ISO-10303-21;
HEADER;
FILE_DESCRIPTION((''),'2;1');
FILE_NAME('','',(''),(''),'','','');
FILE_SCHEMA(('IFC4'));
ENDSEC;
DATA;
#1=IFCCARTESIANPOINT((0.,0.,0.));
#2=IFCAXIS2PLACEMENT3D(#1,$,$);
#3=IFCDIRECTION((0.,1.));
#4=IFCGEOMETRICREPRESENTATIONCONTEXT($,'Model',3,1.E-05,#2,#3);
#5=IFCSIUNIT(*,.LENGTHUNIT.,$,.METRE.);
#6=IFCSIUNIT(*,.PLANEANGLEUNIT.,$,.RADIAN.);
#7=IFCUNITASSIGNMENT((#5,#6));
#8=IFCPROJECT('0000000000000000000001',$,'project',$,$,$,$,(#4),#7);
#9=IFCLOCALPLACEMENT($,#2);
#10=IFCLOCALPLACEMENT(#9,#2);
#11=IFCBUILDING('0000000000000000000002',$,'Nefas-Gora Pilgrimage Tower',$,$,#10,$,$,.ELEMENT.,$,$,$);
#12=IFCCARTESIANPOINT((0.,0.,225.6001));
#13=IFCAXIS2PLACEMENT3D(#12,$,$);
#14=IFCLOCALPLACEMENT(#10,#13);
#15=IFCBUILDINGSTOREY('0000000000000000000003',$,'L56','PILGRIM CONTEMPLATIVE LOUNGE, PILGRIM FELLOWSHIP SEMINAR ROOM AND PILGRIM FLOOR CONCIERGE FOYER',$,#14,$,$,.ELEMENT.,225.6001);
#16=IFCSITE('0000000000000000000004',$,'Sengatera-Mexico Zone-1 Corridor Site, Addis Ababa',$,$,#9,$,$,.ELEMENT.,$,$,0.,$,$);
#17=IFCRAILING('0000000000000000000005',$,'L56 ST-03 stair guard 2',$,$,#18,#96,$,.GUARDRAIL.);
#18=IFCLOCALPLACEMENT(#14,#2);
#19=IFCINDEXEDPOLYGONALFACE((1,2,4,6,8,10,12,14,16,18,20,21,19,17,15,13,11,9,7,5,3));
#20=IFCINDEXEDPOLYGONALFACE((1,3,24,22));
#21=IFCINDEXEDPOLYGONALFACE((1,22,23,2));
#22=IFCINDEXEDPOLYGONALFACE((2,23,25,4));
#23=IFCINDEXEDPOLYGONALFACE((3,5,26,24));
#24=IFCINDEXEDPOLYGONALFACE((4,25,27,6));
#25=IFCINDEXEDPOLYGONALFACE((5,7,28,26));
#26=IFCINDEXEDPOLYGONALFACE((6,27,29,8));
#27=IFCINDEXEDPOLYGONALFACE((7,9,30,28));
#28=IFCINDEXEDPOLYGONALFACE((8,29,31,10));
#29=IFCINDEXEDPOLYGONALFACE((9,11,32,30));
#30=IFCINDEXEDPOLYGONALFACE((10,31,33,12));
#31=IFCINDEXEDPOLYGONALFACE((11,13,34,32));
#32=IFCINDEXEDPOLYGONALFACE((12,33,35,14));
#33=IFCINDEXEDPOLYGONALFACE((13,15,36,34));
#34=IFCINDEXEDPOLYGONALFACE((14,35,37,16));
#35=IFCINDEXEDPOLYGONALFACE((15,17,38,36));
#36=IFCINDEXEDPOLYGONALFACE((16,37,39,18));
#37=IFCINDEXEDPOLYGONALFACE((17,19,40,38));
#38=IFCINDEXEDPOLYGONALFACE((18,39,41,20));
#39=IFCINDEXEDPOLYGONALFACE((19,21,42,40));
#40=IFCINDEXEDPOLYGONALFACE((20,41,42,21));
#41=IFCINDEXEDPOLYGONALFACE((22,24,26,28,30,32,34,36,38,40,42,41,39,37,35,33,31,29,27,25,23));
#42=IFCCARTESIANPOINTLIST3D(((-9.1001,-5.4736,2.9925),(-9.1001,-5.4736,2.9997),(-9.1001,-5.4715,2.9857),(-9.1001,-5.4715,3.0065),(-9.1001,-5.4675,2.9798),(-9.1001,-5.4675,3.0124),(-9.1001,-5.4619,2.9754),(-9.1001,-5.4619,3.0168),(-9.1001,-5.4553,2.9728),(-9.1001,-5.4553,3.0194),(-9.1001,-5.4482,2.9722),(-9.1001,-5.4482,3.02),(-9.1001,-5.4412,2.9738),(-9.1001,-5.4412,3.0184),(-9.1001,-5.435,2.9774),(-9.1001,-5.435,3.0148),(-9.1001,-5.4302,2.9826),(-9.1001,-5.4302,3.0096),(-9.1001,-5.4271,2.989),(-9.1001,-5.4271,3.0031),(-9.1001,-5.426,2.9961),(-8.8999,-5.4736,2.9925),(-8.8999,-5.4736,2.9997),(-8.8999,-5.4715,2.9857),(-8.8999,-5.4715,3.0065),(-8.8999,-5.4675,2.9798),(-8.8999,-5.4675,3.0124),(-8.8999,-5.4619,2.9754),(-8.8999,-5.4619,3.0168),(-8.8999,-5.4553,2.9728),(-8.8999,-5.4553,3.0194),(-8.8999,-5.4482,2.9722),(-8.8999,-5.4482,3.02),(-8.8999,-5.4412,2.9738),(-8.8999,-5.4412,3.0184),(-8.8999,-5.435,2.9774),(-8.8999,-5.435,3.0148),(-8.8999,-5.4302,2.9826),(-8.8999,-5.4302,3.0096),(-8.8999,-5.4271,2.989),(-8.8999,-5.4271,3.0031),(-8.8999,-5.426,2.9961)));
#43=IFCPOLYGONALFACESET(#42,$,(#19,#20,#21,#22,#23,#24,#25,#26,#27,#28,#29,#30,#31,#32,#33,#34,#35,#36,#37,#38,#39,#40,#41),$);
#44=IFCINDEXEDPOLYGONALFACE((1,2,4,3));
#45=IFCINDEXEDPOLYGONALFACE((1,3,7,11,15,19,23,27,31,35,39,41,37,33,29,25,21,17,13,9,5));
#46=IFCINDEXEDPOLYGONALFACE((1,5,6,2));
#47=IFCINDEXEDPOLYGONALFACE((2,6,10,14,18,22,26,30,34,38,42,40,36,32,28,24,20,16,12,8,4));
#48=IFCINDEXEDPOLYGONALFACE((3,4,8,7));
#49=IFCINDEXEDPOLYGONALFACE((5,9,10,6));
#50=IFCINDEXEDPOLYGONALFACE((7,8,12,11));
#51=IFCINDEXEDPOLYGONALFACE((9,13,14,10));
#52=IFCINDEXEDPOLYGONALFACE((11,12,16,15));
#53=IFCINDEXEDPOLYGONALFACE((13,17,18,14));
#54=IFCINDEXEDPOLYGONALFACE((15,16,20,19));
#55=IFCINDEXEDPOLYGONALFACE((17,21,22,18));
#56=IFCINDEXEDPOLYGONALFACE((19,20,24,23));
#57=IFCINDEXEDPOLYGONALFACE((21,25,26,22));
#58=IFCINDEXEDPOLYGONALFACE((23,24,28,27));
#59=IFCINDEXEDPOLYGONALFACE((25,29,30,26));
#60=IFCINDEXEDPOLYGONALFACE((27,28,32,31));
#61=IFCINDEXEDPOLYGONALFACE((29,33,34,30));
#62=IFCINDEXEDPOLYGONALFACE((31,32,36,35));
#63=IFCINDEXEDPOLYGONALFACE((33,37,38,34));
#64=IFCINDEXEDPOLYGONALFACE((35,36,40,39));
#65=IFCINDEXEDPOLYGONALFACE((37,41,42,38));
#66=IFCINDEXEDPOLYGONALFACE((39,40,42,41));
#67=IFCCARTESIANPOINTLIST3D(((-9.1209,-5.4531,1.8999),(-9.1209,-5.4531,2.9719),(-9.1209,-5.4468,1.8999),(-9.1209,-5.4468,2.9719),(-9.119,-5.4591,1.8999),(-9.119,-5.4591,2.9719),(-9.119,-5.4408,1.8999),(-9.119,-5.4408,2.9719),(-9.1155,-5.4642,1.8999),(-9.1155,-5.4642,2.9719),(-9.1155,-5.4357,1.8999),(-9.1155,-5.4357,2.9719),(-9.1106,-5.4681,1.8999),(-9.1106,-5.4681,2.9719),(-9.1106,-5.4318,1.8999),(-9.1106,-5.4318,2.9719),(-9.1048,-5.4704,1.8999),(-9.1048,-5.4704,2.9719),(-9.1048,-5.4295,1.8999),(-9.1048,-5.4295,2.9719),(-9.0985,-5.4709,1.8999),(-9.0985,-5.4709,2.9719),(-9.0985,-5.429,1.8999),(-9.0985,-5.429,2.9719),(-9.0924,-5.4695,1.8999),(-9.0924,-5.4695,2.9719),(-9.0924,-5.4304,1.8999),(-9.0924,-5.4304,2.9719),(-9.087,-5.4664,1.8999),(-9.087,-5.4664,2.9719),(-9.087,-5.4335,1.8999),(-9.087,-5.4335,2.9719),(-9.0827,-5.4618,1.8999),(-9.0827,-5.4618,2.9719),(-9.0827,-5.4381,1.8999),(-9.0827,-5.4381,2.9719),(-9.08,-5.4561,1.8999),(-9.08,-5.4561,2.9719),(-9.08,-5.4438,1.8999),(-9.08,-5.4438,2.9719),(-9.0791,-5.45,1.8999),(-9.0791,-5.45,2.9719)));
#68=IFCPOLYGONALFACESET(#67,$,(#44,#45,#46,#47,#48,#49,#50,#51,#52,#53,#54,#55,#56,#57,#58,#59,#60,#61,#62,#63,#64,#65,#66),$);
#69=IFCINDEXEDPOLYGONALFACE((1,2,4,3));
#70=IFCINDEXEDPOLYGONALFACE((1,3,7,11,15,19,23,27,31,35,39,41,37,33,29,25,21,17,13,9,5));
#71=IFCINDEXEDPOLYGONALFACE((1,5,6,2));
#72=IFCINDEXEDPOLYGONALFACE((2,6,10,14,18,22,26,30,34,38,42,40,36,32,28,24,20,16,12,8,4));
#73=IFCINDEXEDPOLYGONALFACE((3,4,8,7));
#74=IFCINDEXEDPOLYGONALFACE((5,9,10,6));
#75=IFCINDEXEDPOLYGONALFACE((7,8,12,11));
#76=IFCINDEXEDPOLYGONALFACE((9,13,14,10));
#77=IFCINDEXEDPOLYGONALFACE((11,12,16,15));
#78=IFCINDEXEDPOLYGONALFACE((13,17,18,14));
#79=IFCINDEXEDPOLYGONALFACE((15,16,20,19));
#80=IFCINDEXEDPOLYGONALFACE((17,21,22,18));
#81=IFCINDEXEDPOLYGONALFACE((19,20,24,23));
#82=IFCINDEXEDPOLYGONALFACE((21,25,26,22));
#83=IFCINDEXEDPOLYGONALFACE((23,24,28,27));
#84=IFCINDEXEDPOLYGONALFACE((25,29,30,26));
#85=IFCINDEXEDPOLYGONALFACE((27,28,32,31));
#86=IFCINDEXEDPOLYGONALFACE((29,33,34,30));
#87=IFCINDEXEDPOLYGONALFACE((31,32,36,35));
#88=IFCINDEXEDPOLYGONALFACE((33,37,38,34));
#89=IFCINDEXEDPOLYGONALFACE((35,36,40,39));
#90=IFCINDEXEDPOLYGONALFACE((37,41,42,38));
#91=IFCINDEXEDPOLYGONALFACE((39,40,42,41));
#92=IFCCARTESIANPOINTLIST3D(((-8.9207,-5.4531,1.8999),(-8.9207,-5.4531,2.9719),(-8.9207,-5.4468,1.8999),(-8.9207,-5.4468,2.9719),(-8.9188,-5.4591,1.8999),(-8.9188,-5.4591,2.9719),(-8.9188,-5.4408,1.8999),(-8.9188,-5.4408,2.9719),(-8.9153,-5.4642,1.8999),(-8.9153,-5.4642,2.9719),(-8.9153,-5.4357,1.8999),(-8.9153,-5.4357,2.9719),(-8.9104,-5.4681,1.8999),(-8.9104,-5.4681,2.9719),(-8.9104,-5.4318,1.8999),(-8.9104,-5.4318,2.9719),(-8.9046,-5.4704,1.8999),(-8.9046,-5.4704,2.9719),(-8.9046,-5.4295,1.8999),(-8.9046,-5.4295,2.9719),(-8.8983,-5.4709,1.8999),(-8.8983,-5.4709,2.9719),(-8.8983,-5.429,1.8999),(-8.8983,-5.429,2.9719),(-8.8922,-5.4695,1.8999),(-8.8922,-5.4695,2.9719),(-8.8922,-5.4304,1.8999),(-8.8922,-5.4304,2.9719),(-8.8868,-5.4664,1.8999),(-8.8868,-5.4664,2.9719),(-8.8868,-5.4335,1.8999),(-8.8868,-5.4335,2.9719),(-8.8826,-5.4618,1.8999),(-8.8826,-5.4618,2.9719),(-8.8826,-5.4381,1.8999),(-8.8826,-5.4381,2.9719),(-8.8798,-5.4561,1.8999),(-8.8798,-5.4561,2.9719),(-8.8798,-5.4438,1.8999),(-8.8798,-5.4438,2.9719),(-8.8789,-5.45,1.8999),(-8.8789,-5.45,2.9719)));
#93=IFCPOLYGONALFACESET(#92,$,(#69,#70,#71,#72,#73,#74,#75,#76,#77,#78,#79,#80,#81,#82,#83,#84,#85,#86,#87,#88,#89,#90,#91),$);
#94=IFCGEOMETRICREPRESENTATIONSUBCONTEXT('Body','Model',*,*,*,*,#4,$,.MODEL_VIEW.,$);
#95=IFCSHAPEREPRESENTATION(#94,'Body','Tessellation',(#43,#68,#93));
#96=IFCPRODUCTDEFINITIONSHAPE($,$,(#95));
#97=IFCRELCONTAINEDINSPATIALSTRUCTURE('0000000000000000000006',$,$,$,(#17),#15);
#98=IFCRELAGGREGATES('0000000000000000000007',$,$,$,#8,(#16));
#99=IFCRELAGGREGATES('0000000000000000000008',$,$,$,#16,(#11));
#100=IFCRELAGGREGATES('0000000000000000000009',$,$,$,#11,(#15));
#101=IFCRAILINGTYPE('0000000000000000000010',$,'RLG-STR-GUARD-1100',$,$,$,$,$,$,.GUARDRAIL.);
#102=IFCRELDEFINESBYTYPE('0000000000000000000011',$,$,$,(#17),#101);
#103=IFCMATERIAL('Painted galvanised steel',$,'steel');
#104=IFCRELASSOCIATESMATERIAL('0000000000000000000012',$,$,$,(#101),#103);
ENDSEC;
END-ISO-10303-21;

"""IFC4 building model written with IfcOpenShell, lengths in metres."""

from ifc_helpers import new_model, si_unit, direction, frame, origin, origin_2d, place, context, subcontext, project, spatial, circle, extrude, material, type_object, element, save


model = new_model("IFC4")

# Units and contexts
model_context = context("Model", 3, precision=1e-05, world=origin(), true_north=direction((0.0, 1.0)))
body_context = subcontext(model_context, "Body", "Model", "MODEL_VIEW")
ifc_project = project(units=[si_unit("LENGTHUNIT", "METRE"), si_unit("PLANEANGLEUNIT", "RADIAN")], contexts=[model_context])

# Site, building, storey
site_placement = place(None, origin())
site = spatial("IfcSite", under=ifc_project, at=site_placement, Name="Sengatera-Mexico Zone-1 Corridor Site, Addis Ababa", CompositionType="ELEMENT", RefElevation=0.0)
building_placement = place(site_placement, origin())
building = spatial("IfcBuilding", under=site, at=building_placement, Name="Nefas-Gora Pilgrimage Tower", CompositionType="ELEMENT")
storey_placement = place(building_placement, frame((0.0, 0.0, 225.6001)))
storey = spatial("IfcBuildingStorey", under=building, at=storey_placement, Name="L56", Description="PILGRIM CONTEMPLATIVE LOUNGE, PILGRIM FELLOWSHIP SEMINAR ROOM AND PILGRIM FLOOR CONCIERGE FOYER", CompositionType="ELEMENT", Elevation=225.6001)

# Railing
ifc_material_1 = material(Name="Painted galvanised steel", Category="steel")
railing_type_1 = type_object("IfcRailingType", Name="RLG-STR-GUARD-1100", PredefinedType="GUARDRAIL", material=ifc_material_1)
railing_1_placement = place(storey_placement, frame((-9.1001, -5.45, 1.8999)))
element("IfcRailing", 1, at=railing_1_placement, inside=storey, type_object=railing_type_1, Name="L56 ST-03 stair guard 2", PredefinedType="GUARDRAIL", context=body_context, shape_type="SweptSolid", body=[
    extrude(circle(Radius=0.0239, at=origin_2d()), frame((0.0, 0.0, 1.0962), z_axis=(1.0, 0.0, 0.0), x_axis=(0.0, 1.0, 0.0)), (0.0, 0.0, 1.0), 0.2002),
    extrude(circle(Radius=0.021, at=origin_2d()), origin(), (0.0, 0.0, 1.0), 1.072),
    extrude(circle(Radius=0.021, at=origin_2d()), frame((0.2002, 0.0, 0.0)), (0.0, 0.0, 1.0), 1.072),
])

save(model, "model.ifc")
